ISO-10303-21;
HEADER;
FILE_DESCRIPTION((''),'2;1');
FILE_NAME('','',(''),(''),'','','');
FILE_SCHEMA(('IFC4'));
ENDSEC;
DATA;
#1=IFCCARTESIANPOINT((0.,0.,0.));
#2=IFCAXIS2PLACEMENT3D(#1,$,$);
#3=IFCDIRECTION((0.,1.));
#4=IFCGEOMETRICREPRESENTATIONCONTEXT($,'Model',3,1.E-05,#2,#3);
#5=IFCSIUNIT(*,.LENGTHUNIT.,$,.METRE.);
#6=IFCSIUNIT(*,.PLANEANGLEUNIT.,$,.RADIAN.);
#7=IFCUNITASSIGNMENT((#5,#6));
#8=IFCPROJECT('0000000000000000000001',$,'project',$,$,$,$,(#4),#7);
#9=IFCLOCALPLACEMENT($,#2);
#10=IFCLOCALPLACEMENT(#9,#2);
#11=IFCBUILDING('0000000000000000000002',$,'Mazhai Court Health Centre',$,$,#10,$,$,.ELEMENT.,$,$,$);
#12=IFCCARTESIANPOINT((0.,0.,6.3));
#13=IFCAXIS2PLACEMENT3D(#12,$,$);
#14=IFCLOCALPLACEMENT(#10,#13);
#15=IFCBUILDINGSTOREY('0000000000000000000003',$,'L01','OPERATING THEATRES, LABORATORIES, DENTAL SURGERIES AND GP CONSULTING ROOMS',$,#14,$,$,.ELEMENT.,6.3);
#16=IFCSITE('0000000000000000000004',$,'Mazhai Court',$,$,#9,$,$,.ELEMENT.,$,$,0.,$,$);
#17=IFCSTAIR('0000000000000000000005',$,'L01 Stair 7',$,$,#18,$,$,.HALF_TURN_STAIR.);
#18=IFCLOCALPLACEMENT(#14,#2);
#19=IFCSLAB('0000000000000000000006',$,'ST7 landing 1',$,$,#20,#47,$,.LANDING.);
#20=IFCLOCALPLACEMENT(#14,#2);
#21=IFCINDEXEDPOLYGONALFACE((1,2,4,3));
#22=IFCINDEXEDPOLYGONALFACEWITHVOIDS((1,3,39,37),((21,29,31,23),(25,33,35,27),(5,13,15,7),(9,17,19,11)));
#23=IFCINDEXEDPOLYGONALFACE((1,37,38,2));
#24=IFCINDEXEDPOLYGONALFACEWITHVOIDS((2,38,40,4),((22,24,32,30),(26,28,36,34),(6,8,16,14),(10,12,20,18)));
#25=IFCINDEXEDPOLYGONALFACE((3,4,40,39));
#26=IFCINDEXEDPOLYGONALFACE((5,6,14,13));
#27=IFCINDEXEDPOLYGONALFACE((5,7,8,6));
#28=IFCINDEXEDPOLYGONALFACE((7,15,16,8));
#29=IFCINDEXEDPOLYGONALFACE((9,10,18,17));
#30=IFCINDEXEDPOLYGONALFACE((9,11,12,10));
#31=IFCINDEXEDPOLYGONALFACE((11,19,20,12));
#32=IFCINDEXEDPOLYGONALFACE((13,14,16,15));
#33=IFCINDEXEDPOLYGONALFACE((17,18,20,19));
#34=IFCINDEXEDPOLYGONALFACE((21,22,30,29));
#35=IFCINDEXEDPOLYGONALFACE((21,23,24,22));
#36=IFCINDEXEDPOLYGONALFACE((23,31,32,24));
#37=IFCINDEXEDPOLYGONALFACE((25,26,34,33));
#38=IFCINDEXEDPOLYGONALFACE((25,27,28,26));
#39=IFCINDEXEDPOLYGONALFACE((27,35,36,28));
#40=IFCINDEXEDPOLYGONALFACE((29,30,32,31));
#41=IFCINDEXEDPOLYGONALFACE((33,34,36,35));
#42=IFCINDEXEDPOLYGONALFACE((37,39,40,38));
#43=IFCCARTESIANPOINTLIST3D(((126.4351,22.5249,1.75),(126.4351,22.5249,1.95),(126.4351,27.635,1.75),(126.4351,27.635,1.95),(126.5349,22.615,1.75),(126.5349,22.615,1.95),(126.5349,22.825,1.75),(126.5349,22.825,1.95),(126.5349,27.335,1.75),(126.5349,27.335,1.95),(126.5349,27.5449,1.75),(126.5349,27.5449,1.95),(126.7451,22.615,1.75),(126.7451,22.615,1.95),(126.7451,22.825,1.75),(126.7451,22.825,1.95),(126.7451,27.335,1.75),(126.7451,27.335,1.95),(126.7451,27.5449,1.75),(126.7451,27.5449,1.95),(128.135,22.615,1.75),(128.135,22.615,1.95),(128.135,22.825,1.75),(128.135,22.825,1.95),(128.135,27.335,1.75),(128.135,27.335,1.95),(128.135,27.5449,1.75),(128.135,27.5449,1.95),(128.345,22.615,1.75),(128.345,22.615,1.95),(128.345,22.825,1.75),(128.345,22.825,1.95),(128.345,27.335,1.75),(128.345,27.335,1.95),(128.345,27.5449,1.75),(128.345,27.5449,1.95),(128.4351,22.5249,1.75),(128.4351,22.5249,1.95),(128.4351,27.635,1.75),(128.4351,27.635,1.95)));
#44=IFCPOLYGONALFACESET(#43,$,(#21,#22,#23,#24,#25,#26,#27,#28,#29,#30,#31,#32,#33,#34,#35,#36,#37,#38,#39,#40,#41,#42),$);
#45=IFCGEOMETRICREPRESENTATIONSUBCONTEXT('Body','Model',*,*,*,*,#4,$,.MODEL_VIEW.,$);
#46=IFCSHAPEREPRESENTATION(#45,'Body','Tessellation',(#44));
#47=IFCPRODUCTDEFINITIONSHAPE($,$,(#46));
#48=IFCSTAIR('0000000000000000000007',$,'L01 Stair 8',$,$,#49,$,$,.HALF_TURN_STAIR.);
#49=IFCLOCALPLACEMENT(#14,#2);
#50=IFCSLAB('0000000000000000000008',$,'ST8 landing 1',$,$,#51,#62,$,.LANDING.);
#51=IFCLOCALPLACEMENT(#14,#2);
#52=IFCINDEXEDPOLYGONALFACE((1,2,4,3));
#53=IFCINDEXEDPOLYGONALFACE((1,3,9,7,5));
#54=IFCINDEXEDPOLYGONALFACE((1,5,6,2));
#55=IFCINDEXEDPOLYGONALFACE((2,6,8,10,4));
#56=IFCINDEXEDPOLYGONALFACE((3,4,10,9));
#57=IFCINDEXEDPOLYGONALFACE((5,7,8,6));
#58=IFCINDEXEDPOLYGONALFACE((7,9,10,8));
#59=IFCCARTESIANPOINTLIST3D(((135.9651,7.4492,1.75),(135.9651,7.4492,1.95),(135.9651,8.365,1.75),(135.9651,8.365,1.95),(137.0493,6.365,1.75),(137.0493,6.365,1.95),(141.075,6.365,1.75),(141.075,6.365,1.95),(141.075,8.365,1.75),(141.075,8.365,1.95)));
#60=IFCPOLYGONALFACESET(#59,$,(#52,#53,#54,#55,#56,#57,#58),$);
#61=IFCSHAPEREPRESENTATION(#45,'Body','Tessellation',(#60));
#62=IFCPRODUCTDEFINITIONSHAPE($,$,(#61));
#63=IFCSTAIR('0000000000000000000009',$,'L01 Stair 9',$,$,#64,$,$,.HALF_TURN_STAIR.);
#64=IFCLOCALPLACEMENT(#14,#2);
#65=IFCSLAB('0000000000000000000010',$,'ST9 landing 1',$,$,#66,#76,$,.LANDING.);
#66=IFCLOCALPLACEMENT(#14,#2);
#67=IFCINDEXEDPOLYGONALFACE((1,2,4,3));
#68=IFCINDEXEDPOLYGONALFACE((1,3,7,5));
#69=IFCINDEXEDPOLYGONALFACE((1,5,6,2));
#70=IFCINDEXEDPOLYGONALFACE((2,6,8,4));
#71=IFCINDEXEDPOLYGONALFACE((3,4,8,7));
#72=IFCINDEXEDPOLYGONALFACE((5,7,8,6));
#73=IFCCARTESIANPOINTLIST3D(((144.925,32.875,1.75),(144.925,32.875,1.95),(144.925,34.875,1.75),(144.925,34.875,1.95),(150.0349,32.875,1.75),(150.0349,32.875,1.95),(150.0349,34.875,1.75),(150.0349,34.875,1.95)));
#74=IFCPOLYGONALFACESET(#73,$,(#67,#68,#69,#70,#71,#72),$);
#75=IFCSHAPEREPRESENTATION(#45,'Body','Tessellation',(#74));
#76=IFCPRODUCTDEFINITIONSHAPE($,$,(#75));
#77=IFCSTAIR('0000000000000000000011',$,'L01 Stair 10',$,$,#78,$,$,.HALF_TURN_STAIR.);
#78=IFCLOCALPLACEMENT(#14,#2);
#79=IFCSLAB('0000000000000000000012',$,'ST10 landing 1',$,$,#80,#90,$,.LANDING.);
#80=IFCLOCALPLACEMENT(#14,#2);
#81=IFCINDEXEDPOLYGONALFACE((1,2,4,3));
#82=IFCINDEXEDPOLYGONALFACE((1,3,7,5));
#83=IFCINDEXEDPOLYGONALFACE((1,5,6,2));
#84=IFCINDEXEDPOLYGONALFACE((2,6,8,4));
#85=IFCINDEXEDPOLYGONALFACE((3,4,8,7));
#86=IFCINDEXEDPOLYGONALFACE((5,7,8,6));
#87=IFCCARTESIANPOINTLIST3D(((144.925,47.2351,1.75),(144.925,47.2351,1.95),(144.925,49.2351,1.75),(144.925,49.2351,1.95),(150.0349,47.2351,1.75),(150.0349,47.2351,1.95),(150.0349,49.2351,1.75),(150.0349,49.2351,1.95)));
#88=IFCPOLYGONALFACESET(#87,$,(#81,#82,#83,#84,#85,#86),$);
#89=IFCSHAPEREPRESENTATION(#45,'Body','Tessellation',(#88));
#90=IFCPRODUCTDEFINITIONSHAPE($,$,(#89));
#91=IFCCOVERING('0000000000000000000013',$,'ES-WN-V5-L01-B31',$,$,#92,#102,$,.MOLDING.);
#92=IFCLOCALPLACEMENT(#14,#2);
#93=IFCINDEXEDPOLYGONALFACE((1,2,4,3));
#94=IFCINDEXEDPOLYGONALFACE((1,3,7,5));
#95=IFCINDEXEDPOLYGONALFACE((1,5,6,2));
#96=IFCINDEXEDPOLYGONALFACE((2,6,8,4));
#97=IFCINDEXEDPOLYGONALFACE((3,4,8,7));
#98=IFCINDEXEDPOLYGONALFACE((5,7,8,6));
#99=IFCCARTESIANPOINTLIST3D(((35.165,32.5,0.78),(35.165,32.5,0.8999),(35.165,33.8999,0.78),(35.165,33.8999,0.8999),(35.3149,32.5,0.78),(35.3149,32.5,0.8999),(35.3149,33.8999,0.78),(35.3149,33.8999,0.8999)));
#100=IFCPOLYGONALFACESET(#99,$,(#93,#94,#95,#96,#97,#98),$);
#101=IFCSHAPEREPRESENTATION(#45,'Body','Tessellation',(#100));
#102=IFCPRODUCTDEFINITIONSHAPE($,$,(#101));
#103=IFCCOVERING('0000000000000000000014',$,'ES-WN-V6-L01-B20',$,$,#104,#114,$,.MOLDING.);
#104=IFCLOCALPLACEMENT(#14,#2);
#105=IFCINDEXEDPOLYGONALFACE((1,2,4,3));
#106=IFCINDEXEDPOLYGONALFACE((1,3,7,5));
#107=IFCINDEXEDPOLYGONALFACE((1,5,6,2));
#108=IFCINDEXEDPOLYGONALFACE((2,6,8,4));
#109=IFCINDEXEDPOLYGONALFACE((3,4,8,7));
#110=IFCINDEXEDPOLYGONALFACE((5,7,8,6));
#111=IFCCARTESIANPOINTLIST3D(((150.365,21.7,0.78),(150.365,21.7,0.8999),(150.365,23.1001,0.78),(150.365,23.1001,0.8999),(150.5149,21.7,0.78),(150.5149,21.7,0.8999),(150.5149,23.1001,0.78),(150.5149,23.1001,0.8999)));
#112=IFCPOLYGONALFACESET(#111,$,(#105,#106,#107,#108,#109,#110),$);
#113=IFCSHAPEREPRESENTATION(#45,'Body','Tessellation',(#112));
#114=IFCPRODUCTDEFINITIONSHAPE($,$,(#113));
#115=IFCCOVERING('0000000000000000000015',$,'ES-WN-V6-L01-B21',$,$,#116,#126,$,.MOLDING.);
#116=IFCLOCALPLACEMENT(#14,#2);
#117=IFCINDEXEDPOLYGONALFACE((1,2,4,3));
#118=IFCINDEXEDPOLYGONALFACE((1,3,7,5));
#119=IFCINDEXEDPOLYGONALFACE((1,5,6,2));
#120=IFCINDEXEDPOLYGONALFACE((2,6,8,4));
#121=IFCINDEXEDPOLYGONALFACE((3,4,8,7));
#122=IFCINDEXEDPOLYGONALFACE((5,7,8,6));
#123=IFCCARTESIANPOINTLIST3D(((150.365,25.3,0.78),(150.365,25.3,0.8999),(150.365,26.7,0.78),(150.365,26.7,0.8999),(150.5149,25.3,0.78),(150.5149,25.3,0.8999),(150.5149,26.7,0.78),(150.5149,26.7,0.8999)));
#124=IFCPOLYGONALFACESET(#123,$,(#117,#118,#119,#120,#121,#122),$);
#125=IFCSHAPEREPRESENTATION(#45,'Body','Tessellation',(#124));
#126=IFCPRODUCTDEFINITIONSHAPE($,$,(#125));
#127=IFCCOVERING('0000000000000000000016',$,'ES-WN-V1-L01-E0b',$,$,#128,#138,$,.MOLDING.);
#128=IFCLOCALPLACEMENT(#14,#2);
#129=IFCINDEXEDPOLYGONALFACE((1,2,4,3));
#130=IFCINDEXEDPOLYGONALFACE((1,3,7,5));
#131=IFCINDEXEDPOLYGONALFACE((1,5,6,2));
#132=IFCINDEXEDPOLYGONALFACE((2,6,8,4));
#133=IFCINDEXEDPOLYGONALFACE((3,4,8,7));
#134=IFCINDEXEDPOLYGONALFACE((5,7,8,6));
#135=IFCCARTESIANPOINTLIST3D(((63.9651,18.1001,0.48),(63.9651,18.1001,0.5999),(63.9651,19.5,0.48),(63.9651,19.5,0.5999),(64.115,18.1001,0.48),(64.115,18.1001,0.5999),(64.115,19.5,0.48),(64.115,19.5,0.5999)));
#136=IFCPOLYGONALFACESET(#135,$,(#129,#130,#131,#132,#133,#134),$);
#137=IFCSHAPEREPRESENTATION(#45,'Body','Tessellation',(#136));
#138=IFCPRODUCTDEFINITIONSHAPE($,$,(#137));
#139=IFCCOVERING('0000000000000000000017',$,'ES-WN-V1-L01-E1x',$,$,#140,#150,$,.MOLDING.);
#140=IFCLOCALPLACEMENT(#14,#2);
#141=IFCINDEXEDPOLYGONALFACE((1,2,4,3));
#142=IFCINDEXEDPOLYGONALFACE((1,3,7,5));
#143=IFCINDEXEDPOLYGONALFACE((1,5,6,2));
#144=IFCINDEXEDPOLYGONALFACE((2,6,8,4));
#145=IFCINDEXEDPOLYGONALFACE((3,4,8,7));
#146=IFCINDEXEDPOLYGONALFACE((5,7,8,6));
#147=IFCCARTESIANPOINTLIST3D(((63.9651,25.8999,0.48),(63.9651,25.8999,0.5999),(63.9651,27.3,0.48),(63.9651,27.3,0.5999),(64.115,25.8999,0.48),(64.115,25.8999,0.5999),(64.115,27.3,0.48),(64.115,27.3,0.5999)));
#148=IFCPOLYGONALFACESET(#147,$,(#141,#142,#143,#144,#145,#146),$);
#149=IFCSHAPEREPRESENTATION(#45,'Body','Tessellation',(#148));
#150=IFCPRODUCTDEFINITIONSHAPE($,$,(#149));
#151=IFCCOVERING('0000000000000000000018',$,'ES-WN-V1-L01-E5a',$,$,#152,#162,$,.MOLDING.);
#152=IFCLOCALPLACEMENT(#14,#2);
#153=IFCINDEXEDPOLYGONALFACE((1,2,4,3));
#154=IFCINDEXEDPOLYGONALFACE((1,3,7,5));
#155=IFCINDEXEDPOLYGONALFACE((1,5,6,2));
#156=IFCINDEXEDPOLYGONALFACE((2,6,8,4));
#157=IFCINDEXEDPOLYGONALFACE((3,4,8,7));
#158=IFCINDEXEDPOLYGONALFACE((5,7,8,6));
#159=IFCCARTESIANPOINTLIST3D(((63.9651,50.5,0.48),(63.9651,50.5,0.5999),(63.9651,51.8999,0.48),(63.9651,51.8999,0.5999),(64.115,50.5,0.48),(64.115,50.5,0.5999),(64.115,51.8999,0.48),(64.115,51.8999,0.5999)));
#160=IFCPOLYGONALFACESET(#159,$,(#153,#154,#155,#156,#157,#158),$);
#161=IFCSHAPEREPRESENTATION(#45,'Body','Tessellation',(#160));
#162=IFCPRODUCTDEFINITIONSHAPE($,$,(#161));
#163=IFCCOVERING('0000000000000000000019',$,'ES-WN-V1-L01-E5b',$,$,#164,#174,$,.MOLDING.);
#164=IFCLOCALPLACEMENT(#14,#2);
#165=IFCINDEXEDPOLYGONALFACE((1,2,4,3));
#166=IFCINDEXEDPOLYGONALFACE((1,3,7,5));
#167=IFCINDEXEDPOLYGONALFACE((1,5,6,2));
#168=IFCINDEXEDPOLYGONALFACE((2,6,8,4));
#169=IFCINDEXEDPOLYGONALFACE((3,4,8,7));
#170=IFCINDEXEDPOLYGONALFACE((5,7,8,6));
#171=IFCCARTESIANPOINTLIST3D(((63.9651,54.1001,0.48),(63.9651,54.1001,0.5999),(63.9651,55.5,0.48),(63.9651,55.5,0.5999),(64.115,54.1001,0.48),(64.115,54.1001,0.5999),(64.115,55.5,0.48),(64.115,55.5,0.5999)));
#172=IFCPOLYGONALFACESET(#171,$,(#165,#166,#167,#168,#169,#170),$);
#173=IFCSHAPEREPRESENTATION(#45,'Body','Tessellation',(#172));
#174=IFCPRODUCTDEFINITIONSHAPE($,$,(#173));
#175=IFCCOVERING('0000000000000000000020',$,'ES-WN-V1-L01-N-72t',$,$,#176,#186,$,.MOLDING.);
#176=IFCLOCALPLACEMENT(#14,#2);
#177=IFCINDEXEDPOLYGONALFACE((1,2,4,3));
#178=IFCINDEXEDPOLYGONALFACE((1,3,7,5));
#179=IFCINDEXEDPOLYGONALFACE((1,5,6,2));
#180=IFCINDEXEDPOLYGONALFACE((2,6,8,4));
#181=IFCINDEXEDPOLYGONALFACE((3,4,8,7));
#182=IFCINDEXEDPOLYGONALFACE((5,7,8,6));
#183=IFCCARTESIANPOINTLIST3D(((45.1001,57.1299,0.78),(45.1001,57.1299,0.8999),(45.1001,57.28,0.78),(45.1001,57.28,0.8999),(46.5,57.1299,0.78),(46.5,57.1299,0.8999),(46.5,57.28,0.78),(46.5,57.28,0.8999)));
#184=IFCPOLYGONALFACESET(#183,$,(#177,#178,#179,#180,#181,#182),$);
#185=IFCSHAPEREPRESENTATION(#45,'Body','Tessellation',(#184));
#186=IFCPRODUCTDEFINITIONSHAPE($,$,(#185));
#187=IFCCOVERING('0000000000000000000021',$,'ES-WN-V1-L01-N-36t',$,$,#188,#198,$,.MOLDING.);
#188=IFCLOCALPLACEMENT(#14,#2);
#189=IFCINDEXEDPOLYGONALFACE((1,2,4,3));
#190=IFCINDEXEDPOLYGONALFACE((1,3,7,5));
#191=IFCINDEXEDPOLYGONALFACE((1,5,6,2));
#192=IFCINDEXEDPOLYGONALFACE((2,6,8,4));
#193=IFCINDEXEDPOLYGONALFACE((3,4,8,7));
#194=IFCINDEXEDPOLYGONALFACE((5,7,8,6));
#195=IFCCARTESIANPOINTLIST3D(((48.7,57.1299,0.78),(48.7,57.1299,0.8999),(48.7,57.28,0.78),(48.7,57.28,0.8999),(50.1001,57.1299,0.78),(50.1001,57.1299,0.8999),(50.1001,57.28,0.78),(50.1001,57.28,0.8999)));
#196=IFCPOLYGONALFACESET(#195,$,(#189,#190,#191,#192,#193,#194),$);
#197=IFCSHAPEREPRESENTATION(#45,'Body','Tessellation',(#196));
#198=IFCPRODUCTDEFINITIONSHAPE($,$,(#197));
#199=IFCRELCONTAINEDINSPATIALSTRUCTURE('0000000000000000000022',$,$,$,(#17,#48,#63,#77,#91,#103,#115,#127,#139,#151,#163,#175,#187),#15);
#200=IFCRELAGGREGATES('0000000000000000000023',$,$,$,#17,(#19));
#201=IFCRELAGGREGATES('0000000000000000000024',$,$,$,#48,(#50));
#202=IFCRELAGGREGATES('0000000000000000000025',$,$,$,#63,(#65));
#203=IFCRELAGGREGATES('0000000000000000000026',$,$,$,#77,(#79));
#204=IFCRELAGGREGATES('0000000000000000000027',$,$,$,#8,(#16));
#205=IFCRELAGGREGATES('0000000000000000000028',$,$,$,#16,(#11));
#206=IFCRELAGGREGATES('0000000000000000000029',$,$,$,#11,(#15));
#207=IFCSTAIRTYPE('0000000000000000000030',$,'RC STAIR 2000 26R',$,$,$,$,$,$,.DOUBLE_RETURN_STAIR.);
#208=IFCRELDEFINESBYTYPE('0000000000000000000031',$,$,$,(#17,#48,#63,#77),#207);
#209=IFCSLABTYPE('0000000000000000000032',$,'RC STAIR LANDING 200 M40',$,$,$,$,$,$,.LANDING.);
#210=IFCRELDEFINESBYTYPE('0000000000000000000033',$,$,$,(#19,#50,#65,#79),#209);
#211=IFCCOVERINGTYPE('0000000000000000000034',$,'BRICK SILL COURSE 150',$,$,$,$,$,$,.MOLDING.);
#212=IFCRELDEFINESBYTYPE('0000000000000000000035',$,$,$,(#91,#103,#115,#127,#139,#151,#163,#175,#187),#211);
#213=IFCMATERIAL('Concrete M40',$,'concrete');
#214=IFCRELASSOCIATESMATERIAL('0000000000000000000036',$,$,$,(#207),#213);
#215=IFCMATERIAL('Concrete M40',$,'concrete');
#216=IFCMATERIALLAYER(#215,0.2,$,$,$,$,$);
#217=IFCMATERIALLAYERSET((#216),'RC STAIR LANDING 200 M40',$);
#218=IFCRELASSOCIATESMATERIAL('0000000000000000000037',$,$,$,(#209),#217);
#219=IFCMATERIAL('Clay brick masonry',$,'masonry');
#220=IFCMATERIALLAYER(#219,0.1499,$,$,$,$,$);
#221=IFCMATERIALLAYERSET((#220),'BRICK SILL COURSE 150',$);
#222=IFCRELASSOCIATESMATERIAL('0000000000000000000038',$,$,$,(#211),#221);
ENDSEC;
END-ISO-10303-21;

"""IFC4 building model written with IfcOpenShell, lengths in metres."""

from ifc_helpers import new_model, si_unit, direction, frame, origin, place, context, subcontext, project, spatial, polyline, outline, extrude, material, layer, layer_set, type_object, element, aggregate, save


model = new_model("IFC4")

# Units and contexts
model_context = context("Model", 3, precision=1e-05, world=origin(), true_north=direction((0.0, 1.0)))
body_context = subcontext(model_context, "Body", "Model", "MODEL_VIEW")
ifc_project = project(units=[si_unit("LENGTHUNIT", "METRE"), si_unit("PLANEANGLEUNIT", "RADIAN")], contexts=[model_context])

# Site, building, storey
site_placement = place(None, origin())
site = spatial("IfcSite", under=ifc_project, at=site_placement, Name="Mazhai Court", CompositionType="ELEMENT", RefElevation=0.0)
building_placement = place(site_placement, origin())
building = spatial("IfcBuilding", under=site, at=building_placement, Name="Mazhai Court Health Centre", CompositionType="ELEMENT")
storey_placement = place(building_placement, frame((0.0, 0.0, 6.3)))
storey = spatial("IfcBuildingStorey", under=building, at=storey_placement, Name="L01", Description="OPERATING THEATRES, LABORATORIES, DENTAL SURGERIES AND GP CONSULTING ROOMS", CompositionType="ELEMENT", Elevation=6.3)

# Stairs, slabs
ifc_material_1 = material(Name="Concrete M40", Category="concrete")
stair_type = type_object("IfcStairType", Name="RC STAIR 2000 26R", PredefinedType="DOUBLE_RETURN_STAIR", material=ifc_material_1)
ifc_material_2 = material(Name="Concrete M40", Category="concrete")
ifc_layer_1 = layer(ifc_material_2, 0.2)
ifc_layer_set_1 = layer_set([ifc_layer_1], Name="RC STAIR LANDING 200 M40")
slab_type = type_object("IfcSlabType", Name="RC STAIR LANDING 200 M40", PredefinedType="LANDING", material=ifc_layer_set_1)
stair_1_placement = place(storey_placement, origin())
stair_1 = element("IfcStair", 1, at=stair_1_placement, inside=storey, type_object=stair_type, Name="L01 Stair 7", PredefinedType="HALF_TURN_STAIR")
slab_1_placement = place(storey_placement, frame((0.0, 0.0, 1.75)))
slab_1 = element("IfcSlab", 2, at=slab_1_placement, type_object=slab_type, Name="ST7 landing 1", PredefinedType="LANDING", context=body_context, shape_type="SweptSolid", body=[
    extrude(outline(polyline([(126.4351, 22.5249), (128.4351, 22.5249), (128.4351, 27.635), (126.4351, 27.635), (126.4351, 22.5249)]), holes=[polyline([(128.135, 22.615), (128.345, 22.615), (128.345, 22.825), (128.135, 22.825), (128.135, 22.615)]), polyline([(128.135, 27.335), (128.345, 27.335), (128.345, 27.5449), (128.135, 27.5449), (128.135, 27.335)]), polyline([(126.5349, 22.615), (126.7451, 22.615), (126.7451, 22.825), (126.5349, 22.825), (126.5349, 22.615)]), polyline([(126.5349, 27.335), (126.7451, 27.335), (126.7451, 27.5449), (126.5349, 27.5449), (126.5349, 27.335)])]), origin(), (0.0, 0.0, 1.0), 0.2),
])
aggregate(stair_1, [slab_1])
stair_2_placement = place(storey_placement, origin())
stair_2 = element("IfcStair", 3, at=stair_2_placement, inside=storey, type_object=stair_type, Name="L01 Stair 8", PredefinedType="HALF_TURN_STAIR")
slab_2_placement = place(storey_placement, frame((0.0, 0.0, 1.75)))
slab_2 = element("IfcSlab", 4, at=slab_2_placement, type_object=slab_type, Name="ST8 landing 1", PredefinedType="LANDING", context=body_context, shape_type="SweptSolid", body=[
    extrude(outline(polyline([(141.075, 8.365), (141.075, 6.365), (137.0493, 6.365), (135.9651, 7.4492), (135.9651, 8.365), (141.075, 8.365)])), origin(), (0.0, 0.0, 1.0), 0.2),
])
aggregate(stair_2, [slab_2])
stair_3_placement = place(storey_placement, origin())
stair_3 = element("IfcStair", 5, at=stair_3_placement, inside=storey, type_object=stair_type, Name="L01 Stair 9", PredefinedType="HALF_TURN_STAIR")
slab_3_placement = place(storey_placement, frame((0.0, 0.0, 1.75)))
slab_3 = element("IfcSlab", 6, at=slab_3_placement, type_object=slab_type, Name="ST9 landing 1", PredefinedType="LANDING", context=body_context, shape_type="SweptSolid", body=[
    extrude(outline(polyline([(150.0349, 32.875), (150.0349, 34.875), (144.925, 34.875), (144.925, 32.875), (150.0349, 32.875)])), origin(), (0.0, 0.0, 1.0), 0.2),
])
aggregate(stair_3, [slab_3])
stair_4_placement = place(storey_placement, origin())
stair_4 = element("IfcStair", 7, at=stair_4_placement, inside=storey, type_object=stair_type, Name="L01 Stair 10", PredefinedType="HALF_TURN_STAIR")
slab_4_placement = place(storey_placement, frame((0.0, 0.0, 1.75)))
slab_4 = element("IfcSlab", 8, at=slab_4_placement, type_object=slab_type, Name="ST10 landing 1", PredefinedType="LANDING", context=body_context, shape_type="SweptSolid", body=[
    extrude(outline(polyline([(150.0349, 47.2351), (150.0349, 49.2351), (144.925, 49.2351), (144.925, 47.2351), (150.0349, 47.2351)])), origin(), (0.0, 0.0, 1.0), 0.2),
])
aggregate(stair_4, [slab_4])

# Coverings
ifc_material_3 = material(Name="Clay brick masonry", Category="masonry")
ifc_layer_2 = layer(ifc_material_3, 0.1499)
ifc_layer_set_2 = layer_set([ifc_layer_2], Name="BRICK SILL COURSE 150")
covering_type = type_object("IfcCoveringType", Name="BRICK SILL COURSE 150", PredefinedType="MOLDING", material=ifc_layer_set_2)
covering_1_placement = place(storey_placement, frame((0.0, 0.0, 0.78)))
element("IfcCovering", 9, at=covering_1_placement, inside=storey, type_object=covering_type, Name="ES-WN-V5-L01-B31", PredefinedType="MOLDING", context=body_context, shape_type="SweptSolid", body=[
    extrude(outline(polyline([(35.165, 33.8999), (35.165, 32.5), (35.3149, 32.5), (35.3149, 33.8999), (35.165, 33.8999)])), origin(), (0.0, 0.0, 1.0), 0.1199),
])
covering_2_placement = place(storey_placement, frame((0.0, 0.0, 0.78)))
element("IfcCovering", 10, at=covering_2_placement, inside=storey, type_object=covering_type, Name="ES-WN-V6-L01-B20", PredefinedType="MOLDING", context=body_context, shape_type="SweptSolid", body=[
    extrude(outline(polyline([(150.365, 23.1001), (150.365, 21.7), (150.5149, 21.7), (150.5149, 23.1001), (150.365, 23.1001)])), origin(), (0.0, 0.0, 1.0), 0.1199),
])
covering_3_placement = place(storey_placement, frame((0.0, 0.0, 0.78)))
element("IfcCovering", 11, at=covering_3_placement, inside=storey, type_object=covering_type, Name="ES-WN-V6-L01-B21", PredefinedType="MOLDING", context=body_context, shape_type="SweptSolid", body=[
    extrude(outline(polyline([(150.365, 26.7), (150.365, 25.3), (150.5149, 25.3), (150.5149, 26.7), (150.365, 26.7)])), origin(), (0.0, 0.0, 1.0), 0.1199),
])
covering_4_placement = place(storey_placement, frame((0.0, 0.0, 0.48)))
element("IfcCovering", 12, at=covering_4_placement, inside=storey, type_object=covering_type, Name="ES-WN-V1-L01-E0b", PredefinedType="MOLDING", context=body_context, shape_type="SweptSolid", body=[
    extrude(outline(polyline([(63.9651, 19.5), (63.9651, 18.1001), (64.115, 18.1001), (64.115, 19.5), (63.9651, 19.5)])), origin(), (0.0, 0.0, 1.0), 0.1199),
])
covering_5_placement = place(storey_placement, frame((0.0, 0.0, 0.48)))
element("IfcCovering", 13, at=covering_5_placement, inside=storey, type_object=covering_type, Name="ES-WN-V1-L01-E1x", PredefinedType="MOLDING", context=body_context, shape_type="SweptSolid", body=[
    extrude(outline(polyline([(63.9651, 27.3), (63.9651, 25.8999), (64.115, 25.8999), (64.115, 27.3), (63.9651, 27.3)])), origin(), (0.0, 0.0, 1.0), 0.1199),
])
covering_6_placement = place(storey_placement, frame((0.0, 0.0, 0.48)))
element("IfcCovering", 14, at=covering_6_placement, inside=storey, type_object=covering_type, Name="ES-WN-V1-L01-E5a", PredefinedType="MOLDING", context=body_context, shape_type="SweptSolid", body=[
    extrude(outline(polyline([(63.9651, 51.8999), (63.9651, 50.5), (64.115, 50.5), (64.115, 51.8999), (63.9651, 51.8999)])), origin(), (0.0, 0.0, 1.0), 0.1199),
])
covering_7_placement = place(storey_placement, frame((0.0, 0.0, 0.48)))
element("IfcCovering", 15, at=covering_7_placement, inside=storey, type_object=covering_type, Name="ES-WN-V1-L01-E5b", PredefinedType="MOLDING", context=body_context, shape_type="SweptSolid", body=[
    extrude(outline(polyline([(63.9651, 55.5), (63.9651, 54.1001), (64.115, 54.1001), (64.115, 55.5), (63.9651, 55.5)])), origin(), (0.0, 0.0, 1.0), 0.1199),
])
covering_8_placement = place(storey_placement, frame((0.0, 0.0, 0.78)))
element("IfcCovering", 16, at=covering_8_placement, inside=storey, type_object=covering_type, Name="ES-WN-V1-L01-N-72t", PredefinedType="MOLDING", context=body_context, shape_type="SweptSolid", body=[
    extrude(outline(polyline([(45.1001, 57.1299), (46.5, 57.1299), (46.5, 57.28), (45.1001, 57.28), (45.1001, 57.1299)])), origin(), (0.0, 0.0, 1.0), 0.1199),
])
covering_9_placement = place(storey_placement, frame((0.0, 0.0, 0.78)))
element("IfcCovering", 17, at=covering_9_placement, inside=storey, type_object=covering_type, Name="ES-WN-V1-L01-N-36t", PredefinedType="MOLDING", context=body_context, shape_type="SweptSolid", body=[
    extrude(outline(polyline([(48.7, 57.1299), (50.1001, 57.1299), (50.1001, 57.28), (48.7, 57.28), (48.7, 57.1299)])), origin(), (0.0, 0.0, 1.0), 0.1199),
])

save(model, "model.ifc")
